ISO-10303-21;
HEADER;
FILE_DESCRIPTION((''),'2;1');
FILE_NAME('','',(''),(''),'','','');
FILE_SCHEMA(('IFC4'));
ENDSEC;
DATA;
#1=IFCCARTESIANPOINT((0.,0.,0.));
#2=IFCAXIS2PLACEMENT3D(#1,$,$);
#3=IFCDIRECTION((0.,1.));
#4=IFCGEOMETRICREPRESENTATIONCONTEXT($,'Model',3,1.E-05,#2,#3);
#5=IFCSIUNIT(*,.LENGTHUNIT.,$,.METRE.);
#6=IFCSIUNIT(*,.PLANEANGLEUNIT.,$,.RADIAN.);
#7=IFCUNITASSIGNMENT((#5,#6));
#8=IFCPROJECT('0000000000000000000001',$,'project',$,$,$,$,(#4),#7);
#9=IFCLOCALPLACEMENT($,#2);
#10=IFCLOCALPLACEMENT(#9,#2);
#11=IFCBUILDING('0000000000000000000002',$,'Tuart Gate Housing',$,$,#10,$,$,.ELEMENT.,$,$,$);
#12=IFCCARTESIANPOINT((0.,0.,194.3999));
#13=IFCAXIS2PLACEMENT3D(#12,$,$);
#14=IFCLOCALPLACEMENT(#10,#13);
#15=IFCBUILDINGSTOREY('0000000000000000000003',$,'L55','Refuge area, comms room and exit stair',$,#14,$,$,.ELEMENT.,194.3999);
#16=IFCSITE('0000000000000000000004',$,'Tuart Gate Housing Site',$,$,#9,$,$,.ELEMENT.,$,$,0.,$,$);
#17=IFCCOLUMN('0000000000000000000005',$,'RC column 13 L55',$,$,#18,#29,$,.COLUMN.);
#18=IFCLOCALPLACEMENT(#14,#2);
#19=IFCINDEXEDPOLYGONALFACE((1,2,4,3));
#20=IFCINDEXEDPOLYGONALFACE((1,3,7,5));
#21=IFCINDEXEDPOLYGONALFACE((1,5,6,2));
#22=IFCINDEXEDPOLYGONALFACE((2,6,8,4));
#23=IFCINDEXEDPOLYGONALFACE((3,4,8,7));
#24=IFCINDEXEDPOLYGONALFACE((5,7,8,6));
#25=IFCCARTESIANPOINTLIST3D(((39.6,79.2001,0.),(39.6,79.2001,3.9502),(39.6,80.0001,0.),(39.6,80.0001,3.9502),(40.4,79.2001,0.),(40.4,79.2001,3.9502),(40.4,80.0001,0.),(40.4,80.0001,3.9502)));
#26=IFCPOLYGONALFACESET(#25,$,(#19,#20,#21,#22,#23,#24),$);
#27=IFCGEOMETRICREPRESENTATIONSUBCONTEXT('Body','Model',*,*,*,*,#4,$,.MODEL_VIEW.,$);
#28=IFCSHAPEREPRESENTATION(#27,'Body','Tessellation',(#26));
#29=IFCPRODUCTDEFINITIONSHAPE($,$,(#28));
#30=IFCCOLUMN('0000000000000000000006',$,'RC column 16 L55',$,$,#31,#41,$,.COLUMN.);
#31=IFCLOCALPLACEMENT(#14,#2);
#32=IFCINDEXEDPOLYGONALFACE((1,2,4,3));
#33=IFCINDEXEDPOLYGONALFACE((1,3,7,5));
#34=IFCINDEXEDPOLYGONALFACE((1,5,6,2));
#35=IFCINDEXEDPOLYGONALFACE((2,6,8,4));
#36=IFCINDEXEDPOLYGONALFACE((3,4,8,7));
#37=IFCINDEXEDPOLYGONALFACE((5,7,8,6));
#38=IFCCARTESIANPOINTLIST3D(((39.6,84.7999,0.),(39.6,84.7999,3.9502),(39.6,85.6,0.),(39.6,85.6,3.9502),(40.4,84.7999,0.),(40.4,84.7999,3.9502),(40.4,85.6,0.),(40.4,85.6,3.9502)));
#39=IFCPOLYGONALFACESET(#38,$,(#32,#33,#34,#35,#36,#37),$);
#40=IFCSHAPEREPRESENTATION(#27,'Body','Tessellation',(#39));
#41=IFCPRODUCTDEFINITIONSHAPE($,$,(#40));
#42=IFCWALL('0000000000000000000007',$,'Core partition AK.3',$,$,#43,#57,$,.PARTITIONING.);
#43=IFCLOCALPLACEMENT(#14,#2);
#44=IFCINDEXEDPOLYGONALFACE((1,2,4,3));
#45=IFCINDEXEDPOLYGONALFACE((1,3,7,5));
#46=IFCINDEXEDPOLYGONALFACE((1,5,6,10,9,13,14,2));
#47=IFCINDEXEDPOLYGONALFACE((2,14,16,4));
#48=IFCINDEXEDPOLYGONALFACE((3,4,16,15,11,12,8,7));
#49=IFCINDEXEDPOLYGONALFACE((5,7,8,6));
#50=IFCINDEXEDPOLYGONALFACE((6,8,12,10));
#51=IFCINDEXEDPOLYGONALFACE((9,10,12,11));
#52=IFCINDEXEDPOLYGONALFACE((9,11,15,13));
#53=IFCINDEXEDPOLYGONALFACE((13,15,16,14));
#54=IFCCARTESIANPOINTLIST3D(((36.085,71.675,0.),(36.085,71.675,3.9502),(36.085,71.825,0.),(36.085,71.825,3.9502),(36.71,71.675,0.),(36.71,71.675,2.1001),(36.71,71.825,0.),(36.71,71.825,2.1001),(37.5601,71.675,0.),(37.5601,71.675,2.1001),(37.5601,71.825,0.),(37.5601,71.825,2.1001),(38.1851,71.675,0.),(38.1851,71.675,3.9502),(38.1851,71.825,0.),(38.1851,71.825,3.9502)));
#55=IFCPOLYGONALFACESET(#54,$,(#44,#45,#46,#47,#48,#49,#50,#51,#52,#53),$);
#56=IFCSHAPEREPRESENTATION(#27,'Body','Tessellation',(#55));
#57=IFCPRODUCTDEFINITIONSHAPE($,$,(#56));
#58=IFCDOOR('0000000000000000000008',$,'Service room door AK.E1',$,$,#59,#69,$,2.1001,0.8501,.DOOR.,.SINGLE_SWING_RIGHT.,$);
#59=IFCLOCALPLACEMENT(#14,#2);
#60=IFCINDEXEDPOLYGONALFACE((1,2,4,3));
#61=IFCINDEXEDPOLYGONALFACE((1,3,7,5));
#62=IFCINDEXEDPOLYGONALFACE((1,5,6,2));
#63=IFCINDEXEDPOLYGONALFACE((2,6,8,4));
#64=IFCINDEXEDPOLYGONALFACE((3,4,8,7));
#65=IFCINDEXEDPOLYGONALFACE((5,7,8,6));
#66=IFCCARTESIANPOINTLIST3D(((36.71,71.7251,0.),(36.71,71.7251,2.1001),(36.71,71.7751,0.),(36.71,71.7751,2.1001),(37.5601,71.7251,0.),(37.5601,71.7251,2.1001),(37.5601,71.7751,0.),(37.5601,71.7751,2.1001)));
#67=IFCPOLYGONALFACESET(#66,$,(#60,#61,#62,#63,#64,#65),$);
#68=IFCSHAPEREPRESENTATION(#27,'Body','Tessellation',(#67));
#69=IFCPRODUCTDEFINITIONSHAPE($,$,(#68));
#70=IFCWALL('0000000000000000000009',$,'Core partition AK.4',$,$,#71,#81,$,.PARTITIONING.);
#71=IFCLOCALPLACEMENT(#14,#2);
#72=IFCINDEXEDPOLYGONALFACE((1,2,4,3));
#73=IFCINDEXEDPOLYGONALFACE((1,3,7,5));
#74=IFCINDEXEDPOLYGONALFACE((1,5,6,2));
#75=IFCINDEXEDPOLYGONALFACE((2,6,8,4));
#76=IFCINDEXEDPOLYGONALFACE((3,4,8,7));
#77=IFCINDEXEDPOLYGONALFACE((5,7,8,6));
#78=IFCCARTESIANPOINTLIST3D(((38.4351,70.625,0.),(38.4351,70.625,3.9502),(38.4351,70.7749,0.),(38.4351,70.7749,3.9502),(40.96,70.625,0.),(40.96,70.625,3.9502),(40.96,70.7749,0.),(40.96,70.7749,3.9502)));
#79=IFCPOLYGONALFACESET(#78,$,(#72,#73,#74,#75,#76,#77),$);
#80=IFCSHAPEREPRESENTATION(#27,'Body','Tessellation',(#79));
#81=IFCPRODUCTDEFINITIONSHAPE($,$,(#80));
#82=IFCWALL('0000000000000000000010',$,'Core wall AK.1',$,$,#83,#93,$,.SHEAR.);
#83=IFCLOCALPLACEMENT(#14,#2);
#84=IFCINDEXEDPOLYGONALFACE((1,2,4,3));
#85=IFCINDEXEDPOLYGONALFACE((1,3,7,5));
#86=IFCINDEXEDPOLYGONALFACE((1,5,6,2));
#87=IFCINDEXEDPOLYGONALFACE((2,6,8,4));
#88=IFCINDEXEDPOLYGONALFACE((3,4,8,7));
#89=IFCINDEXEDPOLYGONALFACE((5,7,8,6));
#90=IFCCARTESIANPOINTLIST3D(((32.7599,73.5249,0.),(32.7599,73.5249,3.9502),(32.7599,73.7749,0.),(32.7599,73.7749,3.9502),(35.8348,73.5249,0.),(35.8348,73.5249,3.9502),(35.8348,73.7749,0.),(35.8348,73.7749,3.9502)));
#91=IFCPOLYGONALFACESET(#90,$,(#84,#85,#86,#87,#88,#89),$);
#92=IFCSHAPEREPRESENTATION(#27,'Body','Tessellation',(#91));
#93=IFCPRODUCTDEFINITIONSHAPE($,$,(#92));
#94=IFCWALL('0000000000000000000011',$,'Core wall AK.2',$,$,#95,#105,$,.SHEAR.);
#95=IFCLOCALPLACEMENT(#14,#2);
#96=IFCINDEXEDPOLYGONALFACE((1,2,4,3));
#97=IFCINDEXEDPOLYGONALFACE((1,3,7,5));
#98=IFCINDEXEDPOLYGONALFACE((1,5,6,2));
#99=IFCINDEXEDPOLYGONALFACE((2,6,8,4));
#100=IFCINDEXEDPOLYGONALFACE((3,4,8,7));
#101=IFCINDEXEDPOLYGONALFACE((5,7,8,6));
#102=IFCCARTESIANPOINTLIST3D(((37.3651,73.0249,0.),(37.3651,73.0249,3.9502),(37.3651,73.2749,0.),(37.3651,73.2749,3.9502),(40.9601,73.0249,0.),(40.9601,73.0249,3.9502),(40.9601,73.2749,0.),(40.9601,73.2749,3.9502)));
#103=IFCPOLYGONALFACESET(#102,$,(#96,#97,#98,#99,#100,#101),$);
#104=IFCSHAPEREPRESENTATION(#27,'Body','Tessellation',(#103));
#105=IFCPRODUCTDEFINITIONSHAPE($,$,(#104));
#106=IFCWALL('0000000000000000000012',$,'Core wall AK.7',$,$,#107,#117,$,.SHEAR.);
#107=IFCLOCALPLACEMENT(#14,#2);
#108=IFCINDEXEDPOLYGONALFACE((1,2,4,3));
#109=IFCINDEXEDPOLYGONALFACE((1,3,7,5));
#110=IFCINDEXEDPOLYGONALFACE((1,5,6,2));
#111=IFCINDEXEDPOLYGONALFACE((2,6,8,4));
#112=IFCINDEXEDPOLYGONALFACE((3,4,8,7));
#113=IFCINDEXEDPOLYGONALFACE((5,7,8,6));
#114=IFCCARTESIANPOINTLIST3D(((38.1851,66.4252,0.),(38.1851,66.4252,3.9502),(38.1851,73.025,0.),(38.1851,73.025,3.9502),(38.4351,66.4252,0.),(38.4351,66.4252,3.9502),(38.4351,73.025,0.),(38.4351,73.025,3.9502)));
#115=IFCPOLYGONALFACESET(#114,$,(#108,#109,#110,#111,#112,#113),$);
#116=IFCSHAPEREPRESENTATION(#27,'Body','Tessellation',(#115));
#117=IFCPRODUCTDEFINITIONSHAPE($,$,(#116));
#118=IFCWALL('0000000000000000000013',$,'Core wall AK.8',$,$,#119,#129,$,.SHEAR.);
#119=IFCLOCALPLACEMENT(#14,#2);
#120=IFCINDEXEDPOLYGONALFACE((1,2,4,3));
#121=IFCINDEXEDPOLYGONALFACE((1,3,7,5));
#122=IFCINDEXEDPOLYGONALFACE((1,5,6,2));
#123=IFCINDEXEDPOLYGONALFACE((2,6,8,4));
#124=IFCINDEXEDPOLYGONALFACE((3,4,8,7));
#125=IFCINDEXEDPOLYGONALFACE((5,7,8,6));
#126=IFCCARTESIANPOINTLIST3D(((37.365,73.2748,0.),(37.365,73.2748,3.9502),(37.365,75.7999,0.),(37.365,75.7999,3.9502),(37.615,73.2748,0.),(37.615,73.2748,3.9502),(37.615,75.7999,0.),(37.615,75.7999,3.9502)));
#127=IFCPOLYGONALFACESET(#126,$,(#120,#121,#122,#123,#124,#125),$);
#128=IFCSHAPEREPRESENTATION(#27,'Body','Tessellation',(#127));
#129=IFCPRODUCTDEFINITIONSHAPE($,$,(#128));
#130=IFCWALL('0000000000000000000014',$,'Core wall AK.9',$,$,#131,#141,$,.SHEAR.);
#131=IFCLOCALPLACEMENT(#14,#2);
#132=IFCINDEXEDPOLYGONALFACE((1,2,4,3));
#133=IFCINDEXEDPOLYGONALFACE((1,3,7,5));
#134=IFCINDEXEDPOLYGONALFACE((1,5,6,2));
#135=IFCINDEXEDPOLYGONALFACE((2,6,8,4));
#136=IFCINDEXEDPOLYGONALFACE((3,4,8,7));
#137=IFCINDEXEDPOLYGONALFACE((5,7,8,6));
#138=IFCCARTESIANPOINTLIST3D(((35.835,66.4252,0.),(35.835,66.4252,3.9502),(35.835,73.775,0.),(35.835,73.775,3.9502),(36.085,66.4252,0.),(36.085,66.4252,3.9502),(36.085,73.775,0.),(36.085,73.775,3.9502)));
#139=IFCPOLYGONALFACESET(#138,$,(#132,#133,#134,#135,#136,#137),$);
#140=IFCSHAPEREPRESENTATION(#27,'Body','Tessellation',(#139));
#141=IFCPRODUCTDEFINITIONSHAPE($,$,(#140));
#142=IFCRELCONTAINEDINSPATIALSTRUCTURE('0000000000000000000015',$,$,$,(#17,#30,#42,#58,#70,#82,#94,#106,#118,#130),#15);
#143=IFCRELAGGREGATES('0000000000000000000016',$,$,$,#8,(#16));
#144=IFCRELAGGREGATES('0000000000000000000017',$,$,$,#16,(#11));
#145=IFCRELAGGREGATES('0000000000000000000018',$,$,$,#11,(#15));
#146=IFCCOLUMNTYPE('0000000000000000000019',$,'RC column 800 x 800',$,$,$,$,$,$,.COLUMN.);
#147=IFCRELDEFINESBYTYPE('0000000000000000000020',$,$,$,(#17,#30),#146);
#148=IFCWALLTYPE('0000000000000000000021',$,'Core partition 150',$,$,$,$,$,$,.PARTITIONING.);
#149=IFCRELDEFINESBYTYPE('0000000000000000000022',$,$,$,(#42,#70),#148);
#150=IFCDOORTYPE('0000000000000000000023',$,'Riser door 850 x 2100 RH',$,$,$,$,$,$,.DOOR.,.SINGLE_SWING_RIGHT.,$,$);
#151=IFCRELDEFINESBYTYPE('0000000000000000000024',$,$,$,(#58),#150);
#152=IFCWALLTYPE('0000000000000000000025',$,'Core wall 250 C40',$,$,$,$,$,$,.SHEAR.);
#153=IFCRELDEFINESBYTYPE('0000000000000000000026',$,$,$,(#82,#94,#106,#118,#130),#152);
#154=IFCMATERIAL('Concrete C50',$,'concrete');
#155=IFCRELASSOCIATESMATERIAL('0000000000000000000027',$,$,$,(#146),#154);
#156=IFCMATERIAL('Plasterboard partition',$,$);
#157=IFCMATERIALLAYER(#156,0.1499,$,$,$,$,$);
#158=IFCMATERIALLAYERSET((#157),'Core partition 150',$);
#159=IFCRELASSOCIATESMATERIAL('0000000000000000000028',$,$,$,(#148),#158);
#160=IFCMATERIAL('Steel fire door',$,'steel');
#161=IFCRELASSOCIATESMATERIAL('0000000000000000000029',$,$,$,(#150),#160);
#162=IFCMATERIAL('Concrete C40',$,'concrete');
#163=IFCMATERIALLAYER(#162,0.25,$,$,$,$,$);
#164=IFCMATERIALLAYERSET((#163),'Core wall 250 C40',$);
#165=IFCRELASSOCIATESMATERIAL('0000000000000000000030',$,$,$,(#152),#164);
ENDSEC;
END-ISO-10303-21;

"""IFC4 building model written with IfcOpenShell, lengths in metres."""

from ifc_helpers import new_model, si_unit, direction, frame, frame_2d, origin, origin_2d, place, context, subcontext, project, spatial, rectangle, extrude, material, layer, layer_set, material_profile, profile_set, type_object, element, fill, save


model = new_model("IFC4")

# Units and contexts
model_context = context("Model", 3, precision=1e-05, world=origin(), true_north=direction((0.0, 1.0)))
body_context = subcontext(model_context, "Body", "Model", "MODEL_VIEW")
ifc_project = project(units=[si_unit("LENGTHUNIT", "METRE"), si_unit("PLANEANGLEUNIT", "RADIAN")], contexts=[model_context])

# Site, building, storey
site_placement = place(None, origin())
site = spatial("IfcSite", under=ifc_project, at=site_placement, Name="Tuart Gate Housing Site", CompositionType="ELEMENT", RefElevation=0.0)
building_placement = place(site_placement, origin())
building = spatial("IfcBuilding", under=site, at=building_placement, Name="Tuart Gate Housing", CompositionType="ELEMENT")
storey_placement = place(building_placement, frame((0.0, 0.0, 194.3999)))
storey = spatial("IfcBuildingStorey", under=building, at=storey_placement, Name="L55", Description="Refuge area, comms room and exit stair", CompositionType="ELEMENT", Elevation=194.3999)

# Columns
ifc_material_1 = material(Name="Concrete C50", Category="concrete")
ifc_material_profile = material_profile(ifc_material_1, rectangle(XDim=0.8, YDim=0.8, at=origin_2d()), Name="RC column 800 x 800")
ifc_profile_set = profile_set([ifc_material_profile], Name="Concrete C50")
column_type = type_object("IfcColumnType", Name="RC column 800 x 800", PredefinedType="COLUMN", material=ifc_profile_set)
for number, where, z_axis, x_axis, name in (
    (1, (40.0, 79.6001, 0.0), (0.0, 0.0, 1.0), (1.0, 0.0, 0.0), "RC column 13 L55"),
    (2, (40.0, 85.2, 0.0), (0.0, 0.0, 1.0), (1.0, 0.0, 0.0), "RC column 16 L55"),
):
    element("IfcColumn", number, at=place(storey_placement, frame(where, z_axis=z_axis, x_axis=x_axis)), inside=storey, type_object=column_type, Name=name, PredefinedType="COLUMN", context=body_context, shape_type="SweptSolid", body=[
        extrude(rectangle(XDim=0.8, YDim=0.8, at=origin_2d()), origin(), (0.0, 0.0, 1.0), 3.9502),
    ])

# Wall, opening, door
ifc_material_2 = material(Name="Plasterboard partition")
ifc_layer_1 = layer(ifc_material_2, 0.1499)
ifc_layer_set_1 = layer_set([ifc_layer_1], Name="Core partition 150")
wall_type_1 = type_object("IfcWallType", Name="Core partition 150", PredefinedType="PARTITIONING", material=ifc_layer_set_1)
wall_1_placement = place(storey_placement, frame((38.1851, 71.75, 0.0), z_axis=(0.0, 0.0, 1.0), x_axis=(-1.0, 0.0, 0.0)))
wall_1 = element("IfcWall", 3, at=wall_1_placement, inside=storey, type_object=wall_type_1, Name="Core partition AK.3", PredefinedType="PARTITIONING", context=body_context, shape_type="SweptSolid", body=[
    extrude(rectangle(XDim=2.1001, YDim=0.1499, at=frame_2d((1.05, 0.0))), origin(), (0.0, 0.0, 1.0), 3.9502),
])
opening_1_placement = place(wall_1_placement, frame((0.625, 0.0, 0.0)))
opening_1 = element("IfcOpeningElement", 4, at=opening_1_placement, cuts=wall_1, PredefinedType="OPENING", context=body_context, shape_type="SweptSolid", body=[
    extrude(rectangle(XDim=0.8501, YDim=2.1001, at=frame_2d((0.425, 1.05))), frame((0.0, 0.085, 0.0), z_axis=(0.0, -1.0, 0.0), x_axis=(1.0, 0.0, 0.0)), (0.0, 0.0, 1.0), 0.1699),
])
ifc_material_3 = material(Name="Steel fire door", Category="steel")
door_type_1 = type_object("IfcDoorType", Name="Riser door 850 x 2100 RH", OperationType="SINGLE_SWING_RIGHT", PredefinedType="DOOR", material=ifc_material_3)
door_1_placement = place(opening_1_placement, frame((0.8501, 0.0, 0.0), z_axis=(0.0, 0.0, 1.0), x_axis=(-1.0, 0.0, 0.0)))
door_1 = element("IfcDoor", 5, at=door_1_placement, inside=storey, type_object=door_type_1, Name="Service room door AK.E1", OperationType="SINGLE_SWING_RIGHT", OverallHeight=2.1001, OverallWidth=0.8501, PredefinedType="DOOR", context=body_context, shape_type="SweptSolid", body=[
    extrude(rectangle(XDim=0.8501, YDim=2.1001, at=frame_2d((0.425, 1.05))), frame((0.0, 0.0251, 0.0), z_axis=(0.0, -1.0, 0.0), x_axis=(1.0, 0.0, 0.0)), (0.0, 0.0, 1.0), 0.05),
])
fill(opening_1, door_1)

# Walls
wall_2_placement = place(storey_placement, frame((40.96, 70.7, 0.0), z_axis=(0.0, 0.0, 1.0), x_axis=(-1.0, 0.0, 0.0)))
element("IfcWall", 6, at=wall_2_placement, inside=storey, type_object=wall_type_1, Name="Core partition AK.4", PredefinedType="PARTITIONING", context=body_context, shape_type="SweptSolid", body=[
    extrude(rectangle(XDim=2.5249, YDim=0.1499, at=frame_2d((1.2625, 0.0))), origin(), (0.0, 0.0, 1.0), 3.9502),
])
ifc_material_4 = material(Name="Concrete C40", Category="concrete")
ifc_layer_2 = layer(ifc_material_4, 0.25)
ifc_layer_set_2 = layer_set([ifc_layer_2], Name="Core wall 250 C40")
wall_type_2 = type_object("IfcWallType", Name="Core wall 250 C40", PredefinedType="SHEAR", material=ifc_layer_set_2)
wall_3_placement = place(storey_placement, frame((35.835, 73.6499, 0.0), z_axis=(0.0, 0.0, 1.0), x_axis=(-1.0, 0.0, 0.0)))
element("IfcWall", 7, at=wall_3_placement, inside=storey, type_object=wall_type_2, Name="Core wall AK.1", PredefinedType="SHEAR", context=body_context, shape_type="SweptSolid", body=[
    extrude(rectangle(XDim=3.075, YDim=0.25, at=frame_2d((1.5376, 0.0))), origin(), (0.0, 0.0, 1.0), 3.9502),
])
wall_4_placement = place(storey_placement, frame((40.96, 73.1499, 0.0), z_axis=(0.0, 0.0, 1.0), x_axis=(-1.0, 0.0, 0.0)))
element("IfcWall", 8, at=wall_4_placement, inside=storey, type_object=wall_type_2, Name="Core wall AK.2", PredefinedType="SHEAR", context=body_context, shape_type="SweptSolid", body=[
    extrude(rectangle(XDim=3.595, YDim=0.25, at=frame_2d((1.7974, 0.0))), origin(), (0.0, 0.0, 1.0), 3.9502),
])
wall_5_placement = place(storey_placement, frame((38.3101, 73.0249, 0.0), z_axis=(0.0, 0.0, 1.0), x_axis=(0.0, -1.0, 0.0)))
element("IfcWall", 9, at=wall_5_placement, inside=storey, type_object=wall_type_2, Name="Core wall AK.7", PredefinedType="SHEAR", context=body_context, shape_type="SweptSolid", body=[
    extrude(rectangle(XDim=6.5999, YDim=0.25, at=frame_2d((3.2998, 0.0))), origin(), (0.0, 0.0, 1.0), 3.9502),
])
wall_6_placement = place(storey_placement, frame((37.49, 75.8, 0.0), z_axis=(0.0, 0.0, 1.0), x_axis=(0.0, -1.0, 0.0)))
element("IfcWall", 10, at=wall_6_placement, inside=storey, type_object=wall_type_2, Name="Core wall AK.8", PredefinedType="SHEAR", context=body_context, shape_type="SweptSolid", body=[
    extrude(rectangle(XDim=2.5251, YDim=0.25, at=frame_2d((1.2627, 0.0))), origin(), (0.0, 0.0, 1.0), 3.9502),
])
wall_7_placement = place(storey_placement, frame((35.96, 73.7749, 0.0), z_axis=(0.0, 0.0, 1.0), x_axis=(0.0, -1.0, 0.0)))
element("IfcWall", 11, at=wall_7_placement, inside=storey, type_object=wall_type_2, Name="Core wall AK.9", PredefinedType="SHEAR", context=body_context, shape_type="SweptSolid", body=[
    extrude(rectangle(XDim=7.3499, YDim=0.25, at=frame_2d((3.6748, 0.0))), origin(), (0.0, 0.0, 1.0), 3.9502),
])

save(model, "model.ifc")
